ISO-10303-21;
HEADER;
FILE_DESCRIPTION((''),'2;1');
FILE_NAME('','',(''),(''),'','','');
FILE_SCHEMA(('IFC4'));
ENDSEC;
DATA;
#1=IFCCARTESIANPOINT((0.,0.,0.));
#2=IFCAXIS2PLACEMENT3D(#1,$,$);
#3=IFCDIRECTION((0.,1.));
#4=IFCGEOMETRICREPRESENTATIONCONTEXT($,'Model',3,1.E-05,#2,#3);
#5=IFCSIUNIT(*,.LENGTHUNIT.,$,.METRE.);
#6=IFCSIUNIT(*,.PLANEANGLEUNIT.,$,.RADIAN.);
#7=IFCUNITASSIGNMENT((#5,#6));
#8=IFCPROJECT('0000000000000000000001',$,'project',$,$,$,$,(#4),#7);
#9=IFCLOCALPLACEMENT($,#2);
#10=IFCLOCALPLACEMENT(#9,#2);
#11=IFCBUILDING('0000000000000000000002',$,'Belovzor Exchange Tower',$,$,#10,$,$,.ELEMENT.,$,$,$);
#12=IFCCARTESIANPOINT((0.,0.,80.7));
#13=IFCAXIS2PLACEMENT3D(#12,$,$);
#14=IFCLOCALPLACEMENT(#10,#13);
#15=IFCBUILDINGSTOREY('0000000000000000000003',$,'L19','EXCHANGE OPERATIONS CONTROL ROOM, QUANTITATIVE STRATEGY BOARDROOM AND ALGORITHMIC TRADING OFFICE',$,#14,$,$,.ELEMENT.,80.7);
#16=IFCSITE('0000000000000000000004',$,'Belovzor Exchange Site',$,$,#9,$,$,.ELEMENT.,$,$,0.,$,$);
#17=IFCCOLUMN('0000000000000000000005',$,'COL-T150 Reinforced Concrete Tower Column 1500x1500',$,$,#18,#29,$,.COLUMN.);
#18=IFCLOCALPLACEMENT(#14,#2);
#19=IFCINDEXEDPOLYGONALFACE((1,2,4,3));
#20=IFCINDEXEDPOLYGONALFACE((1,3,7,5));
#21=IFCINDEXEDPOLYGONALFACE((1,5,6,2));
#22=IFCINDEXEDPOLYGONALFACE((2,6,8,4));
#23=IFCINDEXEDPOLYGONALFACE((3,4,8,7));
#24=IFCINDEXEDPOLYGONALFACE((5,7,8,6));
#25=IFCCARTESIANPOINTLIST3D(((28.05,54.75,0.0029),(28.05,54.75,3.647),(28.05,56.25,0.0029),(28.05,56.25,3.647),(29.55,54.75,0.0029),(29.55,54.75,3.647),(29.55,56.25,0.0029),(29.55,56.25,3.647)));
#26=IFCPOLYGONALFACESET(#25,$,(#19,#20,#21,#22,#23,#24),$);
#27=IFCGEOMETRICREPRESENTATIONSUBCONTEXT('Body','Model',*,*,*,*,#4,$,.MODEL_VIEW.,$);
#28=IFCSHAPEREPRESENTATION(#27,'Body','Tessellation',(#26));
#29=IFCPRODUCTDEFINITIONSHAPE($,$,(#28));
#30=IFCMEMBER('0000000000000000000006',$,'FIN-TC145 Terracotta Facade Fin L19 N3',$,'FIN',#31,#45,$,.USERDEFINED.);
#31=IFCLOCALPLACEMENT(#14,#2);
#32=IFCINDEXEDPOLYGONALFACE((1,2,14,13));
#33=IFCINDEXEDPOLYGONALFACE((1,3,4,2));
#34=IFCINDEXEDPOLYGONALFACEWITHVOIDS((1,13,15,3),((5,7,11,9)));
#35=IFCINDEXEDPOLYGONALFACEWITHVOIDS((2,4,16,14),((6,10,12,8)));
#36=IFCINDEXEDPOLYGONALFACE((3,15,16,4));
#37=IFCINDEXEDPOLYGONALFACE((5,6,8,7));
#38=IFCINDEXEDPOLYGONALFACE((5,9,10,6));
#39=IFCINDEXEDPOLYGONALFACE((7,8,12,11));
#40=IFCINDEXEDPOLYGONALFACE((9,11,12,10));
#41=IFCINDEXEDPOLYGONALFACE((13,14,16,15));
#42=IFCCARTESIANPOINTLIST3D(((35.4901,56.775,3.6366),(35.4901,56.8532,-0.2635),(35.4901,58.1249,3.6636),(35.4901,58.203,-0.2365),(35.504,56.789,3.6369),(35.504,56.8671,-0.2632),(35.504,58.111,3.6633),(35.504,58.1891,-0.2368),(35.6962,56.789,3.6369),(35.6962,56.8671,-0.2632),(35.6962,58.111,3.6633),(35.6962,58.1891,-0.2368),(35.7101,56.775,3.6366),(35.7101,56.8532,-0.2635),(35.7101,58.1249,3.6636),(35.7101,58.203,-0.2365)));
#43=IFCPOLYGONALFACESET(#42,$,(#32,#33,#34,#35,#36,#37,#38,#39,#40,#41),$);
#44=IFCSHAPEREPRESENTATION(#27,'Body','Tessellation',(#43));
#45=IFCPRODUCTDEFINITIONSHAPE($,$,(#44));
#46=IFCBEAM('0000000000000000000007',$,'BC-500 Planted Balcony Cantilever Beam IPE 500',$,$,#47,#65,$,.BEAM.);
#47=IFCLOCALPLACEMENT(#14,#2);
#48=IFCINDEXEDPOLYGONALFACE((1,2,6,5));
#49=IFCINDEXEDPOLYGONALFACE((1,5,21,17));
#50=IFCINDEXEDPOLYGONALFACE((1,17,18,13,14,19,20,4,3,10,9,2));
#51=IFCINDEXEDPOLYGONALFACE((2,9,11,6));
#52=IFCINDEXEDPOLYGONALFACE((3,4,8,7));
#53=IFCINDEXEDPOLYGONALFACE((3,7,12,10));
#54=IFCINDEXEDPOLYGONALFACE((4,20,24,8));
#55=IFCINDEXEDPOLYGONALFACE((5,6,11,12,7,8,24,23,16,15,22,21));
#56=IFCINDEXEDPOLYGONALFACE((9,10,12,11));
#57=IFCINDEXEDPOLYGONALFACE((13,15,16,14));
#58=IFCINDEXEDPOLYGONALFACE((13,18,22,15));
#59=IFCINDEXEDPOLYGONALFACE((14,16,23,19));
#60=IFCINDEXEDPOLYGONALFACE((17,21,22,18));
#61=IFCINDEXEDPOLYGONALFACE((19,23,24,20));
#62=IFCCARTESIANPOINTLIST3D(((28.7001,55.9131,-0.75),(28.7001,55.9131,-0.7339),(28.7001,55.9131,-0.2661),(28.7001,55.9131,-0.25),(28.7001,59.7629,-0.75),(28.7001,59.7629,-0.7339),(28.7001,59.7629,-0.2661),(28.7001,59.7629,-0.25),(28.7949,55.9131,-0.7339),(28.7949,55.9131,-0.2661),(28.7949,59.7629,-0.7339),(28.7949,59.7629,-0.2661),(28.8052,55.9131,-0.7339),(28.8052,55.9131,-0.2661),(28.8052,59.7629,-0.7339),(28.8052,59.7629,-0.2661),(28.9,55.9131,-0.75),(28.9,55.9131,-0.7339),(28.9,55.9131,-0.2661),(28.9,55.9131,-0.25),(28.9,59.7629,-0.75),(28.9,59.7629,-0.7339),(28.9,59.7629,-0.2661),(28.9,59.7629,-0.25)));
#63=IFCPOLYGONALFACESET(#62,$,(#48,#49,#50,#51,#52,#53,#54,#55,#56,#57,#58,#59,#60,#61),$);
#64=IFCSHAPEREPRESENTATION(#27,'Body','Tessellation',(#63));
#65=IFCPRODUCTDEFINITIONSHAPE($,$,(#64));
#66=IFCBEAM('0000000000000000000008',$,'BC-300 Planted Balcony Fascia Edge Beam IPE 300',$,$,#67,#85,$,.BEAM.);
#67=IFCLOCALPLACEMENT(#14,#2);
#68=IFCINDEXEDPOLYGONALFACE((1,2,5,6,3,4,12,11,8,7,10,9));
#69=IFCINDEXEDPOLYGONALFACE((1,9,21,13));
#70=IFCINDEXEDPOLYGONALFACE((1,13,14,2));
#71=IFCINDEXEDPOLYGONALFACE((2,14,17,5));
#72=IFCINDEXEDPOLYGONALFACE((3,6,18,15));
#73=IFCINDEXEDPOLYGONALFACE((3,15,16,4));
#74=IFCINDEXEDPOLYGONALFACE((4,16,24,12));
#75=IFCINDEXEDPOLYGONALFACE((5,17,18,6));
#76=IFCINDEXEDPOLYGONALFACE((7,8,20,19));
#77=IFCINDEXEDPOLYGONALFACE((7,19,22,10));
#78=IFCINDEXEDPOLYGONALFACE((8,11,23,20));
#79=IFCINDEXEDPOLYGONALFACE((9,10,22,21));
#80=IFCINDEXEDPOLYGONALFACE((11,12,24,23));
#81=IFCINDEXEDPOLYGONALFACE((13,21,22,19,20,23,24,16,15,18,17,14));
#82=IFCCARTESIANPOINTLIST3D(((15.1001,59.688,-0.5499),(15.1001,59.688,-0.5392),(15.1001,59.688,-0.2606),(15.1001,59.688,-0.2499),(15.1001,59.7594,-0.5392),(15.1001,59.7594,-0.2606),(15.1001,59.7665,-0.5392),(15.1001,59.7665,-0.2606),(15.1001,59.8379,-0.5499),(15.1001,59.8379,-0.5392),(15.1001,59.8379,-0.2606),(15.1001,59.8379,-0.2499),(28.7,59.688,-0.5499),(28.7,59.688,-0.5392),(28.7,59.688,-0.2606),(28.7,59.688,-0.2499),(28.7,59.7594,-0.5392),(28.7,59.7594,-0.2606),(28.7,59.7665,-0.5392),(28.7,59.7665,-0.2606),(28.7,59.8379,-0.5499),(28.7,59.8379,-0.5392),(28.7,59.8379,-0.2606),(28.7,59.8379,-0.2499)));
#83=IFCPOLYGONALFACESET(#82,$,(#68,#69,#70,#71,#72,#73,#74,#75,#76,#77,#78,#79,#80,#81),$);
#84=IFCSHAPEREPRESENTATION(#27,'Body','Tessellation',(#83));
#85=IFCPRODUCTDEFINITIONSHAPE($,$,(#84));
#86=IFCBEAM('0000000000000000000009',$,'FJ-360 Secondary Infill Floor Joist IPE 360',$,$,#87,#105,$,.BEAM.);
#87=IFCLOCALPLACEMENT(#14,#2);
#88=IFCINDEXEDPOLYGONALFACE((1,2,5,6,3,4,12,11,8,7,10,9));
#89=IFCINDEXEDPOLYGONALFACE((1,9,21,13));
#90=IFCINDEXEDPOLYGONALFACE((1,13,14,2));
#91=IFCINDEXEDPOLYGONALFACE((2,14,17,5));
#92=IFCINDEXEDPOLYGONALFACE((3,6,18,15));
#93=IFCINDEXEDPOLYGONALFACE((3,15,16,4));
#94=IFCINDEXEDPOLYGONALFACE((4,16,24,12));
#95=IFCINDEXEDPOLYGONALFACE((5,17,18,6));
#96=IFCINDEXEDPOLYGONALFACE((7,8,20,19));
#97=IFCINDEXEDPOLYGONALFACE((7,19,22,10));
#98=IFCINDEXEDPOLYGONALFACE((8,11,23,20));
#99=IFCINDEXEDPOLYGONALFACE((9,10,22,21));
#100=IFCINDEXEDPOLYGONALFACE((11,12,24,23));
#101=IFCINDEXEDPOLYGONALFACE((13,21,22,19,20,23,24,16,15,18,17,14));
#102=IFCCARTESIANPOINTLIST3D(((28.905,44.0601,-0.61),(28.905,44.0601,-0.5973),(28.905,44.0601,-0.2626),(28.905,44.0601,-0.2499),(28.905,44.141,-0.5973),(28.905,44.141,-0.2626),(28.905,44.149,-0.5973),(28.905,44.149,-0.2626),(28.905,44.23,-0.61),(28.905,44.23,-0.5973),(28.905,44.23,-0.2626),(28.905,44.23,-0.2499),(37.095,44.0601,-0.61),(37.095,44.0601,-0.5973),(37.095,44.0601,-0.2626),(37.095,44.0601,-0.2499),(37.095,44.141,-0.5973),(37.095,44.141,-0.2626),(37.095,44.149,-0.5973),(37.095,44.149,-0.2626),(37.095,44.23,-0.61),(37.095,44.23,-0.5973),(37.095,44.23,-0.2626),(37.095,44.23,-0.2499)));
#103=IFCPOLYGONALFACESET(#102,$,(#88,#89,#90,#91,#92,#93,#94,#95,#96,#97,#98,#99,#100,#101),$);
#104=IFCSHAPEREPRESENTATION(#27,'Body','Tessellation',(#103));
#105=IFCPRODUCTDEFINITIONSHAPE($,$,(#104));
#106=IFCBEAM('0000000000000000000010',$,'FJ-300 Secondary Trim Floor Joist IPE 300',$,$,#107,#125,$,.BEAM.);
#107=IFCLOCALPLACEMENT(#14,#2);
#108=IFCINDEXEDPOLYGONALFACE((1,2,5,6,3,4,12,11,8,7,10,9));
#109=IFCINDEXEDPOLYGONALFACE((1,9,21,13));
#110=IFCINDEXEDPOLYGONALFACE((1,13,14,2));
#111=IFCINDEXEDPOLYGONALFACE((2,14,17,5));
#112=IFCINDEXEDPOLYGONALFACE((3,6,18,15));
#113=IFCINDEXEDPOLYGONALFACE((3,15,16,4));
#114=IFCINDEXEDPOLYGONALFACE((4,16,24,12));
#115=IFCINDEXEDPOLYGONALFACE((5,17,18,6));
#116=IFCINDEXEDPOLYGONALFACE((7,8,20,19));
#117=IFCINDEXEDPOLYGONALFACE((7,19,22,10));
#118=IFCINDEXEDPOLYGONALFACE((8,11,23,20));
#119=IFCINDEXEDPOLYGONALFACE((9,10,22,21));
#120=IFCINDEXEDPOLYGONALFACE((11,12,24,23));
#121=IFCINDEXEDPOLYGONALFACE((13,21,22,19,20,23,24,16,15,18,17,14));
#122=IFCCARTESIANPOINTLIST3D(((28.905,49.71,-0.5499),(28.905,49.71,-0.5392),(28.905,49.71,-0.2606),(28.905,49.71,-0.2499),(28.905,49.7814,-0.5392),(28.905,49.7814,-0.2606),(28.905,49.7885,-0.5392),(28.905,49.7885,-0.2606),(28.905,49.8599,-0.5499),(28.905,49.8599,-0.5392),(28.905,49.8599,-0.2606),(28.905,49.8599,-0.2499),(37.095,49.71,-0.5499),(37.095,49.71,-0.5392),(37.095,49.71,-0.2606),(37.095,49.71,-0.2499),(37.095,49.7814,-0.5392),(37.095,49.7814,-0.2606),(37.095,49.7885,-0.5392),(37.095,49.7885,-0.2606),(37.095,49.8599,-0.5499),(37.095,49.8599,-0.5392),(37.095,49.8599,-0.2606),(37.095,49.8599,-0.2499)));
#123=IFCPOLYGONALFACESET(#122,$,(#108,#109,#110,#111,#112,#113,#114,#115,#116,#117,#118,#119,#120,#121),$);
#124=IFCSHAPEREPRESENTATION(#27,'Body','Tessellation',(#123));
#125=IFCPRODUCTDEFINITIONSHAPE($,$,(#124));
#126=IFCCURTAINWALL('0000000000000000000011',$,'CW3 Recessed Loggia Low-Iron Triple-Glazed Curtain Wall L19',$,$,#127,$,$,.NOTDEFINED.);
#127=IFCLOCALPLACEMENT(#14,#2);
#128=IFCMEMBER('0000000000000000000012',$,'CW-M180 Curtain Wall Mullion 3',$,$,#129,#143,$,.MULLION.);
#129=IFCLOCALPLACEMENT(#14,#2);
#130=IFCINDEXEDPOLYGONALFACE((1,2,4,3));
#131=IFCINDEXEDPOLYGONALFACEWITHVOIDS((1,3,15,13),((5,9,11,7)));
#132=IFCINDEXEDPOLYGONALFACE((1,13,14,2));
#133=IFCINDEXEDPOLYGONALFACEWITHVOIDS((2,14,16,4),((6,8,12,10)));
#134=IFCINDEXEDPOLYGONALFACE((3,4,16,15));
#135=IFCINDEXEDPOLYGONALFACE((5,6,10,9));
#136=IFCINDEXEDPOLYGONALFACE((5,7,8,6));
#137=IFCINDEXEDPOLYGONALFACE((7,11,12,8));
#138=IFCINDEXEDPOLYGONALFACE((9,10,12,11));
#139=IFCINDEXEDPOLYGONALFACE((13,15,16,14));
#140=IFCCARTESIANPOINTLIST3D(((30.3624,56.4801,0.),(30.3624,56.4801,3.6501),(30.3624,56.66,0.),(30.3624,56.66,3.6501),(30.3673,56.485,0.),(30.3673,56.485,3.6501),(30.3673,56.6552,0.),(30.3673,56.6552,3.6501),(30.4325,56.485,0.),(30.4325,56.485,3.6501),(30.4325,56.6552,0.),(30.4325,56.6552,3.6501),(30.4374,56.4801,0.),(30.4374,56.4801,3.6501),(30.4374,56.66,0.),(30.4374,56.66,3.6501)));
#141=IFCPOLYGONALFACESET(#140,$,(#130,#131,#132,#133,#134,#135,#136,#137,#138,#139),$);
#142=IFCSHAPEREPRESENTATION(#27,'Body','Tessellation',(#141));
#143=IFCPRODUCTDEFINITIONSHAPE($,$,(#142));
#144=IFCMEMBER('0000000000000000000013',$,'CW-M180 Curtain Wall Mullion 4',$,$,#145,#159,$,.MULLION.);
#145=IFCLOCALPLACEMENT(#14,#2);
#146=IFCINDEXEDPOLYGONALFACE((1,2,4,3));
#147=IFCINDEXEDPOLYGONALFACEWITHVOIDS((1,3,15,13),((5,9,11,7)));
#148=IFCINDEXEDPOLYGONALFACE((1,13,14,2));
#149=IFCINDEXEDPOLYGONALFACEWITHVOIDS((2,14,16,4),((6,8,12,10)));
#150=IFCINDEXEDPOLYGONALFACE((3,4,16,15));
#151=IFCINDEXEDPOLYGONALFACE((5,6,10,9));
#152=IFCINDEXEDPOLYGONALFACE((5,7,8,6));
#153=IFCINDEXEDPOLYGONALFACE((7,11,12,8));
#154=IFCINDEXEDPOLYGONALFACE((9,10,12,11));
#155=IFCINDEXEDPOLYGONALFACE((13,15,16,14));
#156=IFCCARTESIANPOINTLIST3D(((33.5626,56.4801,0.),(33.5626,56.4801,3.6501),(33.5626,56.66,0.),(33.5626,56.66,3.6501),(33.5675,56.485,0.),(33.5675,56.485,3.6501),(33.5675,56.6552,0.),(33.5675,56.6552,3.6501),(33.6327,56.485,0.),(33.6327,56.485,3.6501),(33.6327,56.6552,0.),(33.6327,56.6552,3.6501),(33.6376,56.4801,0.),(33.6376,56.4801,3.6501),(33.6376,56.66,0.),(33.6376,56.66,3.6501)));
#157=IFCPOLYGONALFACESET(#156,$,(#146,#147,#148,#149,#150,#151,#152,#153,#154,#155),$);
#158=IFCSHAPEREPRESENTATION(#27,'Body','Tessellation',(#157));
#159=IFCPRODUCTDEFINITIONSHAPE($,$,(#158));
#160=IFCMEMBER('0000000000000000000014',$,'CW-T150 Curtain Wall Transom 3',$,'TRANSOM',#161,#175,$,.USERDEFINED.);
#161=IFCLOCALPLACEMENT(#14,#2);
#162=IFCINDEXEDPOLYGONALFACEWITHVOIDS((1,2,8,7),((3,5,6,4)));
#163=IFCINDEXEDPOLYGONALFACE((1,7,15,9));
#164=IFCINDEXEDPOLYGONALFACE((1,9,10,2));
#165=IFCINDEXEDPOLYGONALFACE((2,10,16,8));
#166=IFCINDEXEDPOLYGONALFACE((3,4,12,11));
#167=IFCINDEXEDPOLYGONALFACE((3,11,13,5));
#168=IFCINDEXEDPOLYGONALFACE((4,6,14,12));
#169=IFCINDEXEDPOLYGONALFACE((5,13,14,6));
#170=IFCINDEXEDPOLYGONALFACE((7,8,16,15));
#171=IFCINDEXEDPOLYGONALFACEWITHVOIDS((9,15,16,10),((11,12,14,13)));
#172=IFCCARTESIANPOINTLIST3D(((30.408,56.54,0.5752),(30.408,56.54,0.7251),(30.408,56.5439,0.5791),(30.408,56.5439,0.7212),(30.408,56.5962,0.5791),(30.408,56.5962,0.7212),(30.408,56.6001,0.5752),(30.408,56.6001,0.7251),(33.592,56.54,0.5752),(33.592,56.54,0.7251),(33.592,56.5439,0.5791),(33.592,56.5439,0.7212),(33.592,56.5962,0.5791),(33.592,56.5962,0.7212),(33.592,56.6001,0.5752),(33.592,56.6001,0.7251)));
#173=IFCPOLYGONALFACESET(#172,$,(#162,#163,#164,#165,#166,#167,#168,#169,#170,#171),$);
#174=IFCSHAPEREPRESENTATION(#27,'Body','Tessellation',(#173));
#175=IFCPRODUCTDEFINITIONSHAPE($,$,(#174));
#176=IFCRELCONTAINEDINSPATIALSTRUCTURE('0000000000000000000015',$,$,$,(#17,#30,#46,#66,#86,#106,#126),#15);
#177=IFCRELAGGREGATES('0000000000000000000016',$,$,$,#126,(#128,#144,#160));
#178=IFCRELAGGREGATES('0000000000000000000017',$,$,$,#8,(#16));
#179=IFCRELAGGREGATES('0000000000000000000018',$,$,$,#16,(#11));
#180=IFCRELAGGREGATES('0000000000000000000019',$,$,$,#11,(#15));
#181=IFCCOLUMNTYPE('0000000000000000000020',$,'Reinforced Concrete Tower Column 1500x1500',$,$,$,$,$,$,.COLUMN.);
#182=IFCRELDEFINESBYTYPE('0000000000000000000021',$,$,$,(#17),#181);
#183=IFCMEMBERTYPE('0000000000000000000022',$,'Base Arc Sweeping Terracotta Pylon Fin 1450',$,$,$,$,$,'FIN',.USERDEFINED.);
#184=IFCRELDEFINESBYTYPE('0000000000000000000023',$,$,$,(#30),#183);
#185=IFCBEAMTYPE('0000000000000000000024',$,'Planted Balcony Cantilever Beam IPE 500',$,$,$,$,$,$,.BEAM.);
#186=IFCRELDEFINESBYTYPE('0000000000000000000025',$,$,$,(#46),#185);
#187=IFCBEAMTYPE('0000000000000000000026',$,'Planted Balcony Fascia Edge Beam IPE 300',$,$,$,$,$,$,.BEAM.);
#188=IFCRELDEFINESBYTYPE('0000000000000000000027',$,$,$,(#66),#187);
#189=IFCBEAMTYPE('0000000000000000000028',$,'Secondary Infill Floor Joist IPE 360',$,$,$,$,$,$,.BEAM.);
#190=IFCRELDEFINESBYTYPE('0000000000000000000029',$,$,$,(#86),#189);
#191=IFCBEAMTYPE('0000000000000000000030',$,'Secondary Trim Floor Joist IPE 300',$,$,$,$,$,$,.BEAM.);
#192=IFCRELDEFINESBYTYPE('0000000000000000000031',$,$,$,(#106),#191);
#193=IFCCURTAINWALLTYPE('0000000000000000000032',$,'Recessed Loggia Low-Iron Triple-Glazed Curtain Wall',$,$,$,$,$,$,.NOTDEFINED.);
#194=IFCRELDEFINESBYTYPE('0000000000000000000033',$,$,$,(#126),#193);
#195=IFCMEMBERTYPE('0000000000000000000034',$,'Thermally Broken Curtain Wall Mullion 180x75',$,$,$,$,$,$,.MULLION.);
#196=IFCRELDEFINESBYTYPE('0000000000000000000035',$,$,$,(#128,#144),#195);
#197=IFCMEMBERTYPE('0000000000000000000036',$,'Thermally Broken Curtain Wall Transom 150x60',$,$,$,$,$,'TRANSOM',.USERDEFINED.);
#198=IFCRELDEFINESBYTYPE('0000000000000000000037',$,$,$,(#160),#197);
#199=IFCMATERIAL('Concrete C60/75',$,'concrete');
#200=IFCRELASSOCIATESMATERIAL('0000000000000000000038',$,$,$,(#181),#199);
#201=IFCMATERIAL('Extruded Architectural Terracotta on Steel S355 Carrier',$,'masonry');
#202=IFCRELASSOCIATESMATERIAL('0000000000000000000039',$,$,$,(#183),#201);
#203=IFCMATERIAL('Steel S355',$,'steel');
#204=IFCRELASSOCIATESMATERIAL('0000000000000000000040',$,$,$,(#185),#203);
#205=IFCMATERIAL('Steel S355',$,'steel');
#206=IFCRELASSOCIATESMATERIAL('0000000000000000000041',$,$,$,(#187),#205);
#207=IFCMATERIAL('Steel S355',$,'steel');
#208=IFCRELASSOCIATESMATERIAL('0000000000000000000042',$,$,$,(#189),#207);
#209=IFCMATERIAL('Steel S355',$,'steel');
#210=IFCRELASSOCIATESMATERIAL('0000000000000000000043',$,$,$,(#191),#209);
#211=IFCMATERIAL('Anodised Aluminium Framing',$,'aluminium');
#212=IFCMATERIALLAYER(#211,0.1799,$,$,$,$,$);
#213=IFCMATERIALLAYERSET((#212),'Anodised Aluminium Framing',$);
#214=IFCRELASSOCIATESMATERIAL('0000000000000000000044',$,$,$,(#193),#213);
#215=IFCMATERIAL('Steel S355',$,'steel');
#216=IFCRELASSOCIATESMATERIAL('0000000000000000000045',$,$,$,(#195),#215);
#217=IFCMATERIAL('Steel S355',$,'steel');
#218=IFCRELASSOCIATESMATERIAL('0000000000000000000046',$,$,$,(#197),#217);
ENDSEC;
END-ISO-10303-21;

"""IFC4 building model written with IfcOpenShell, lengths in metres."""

from ifc_helpers import new_model, si_unit, direction, frame, origin, origin_2d, place, context, subcontext, project, spatial, rectangle, hollow_rectangle, i_section, extrude, material, layer, layer_set, material_profile, profile_set, type_object, element, aggregate, save


model = new_model("IFC4")

# Units and contexts
model_context = context("Model", 3, precision=1e-05, world=origin(), true_north=direction((0.0, 1.0)))
body_context = subcontext(model_context, "Body", "Model", "MODEL_VIEW")
ifc_project = project(units=[si_unit("LENGTHUNIT", "METRE"), si_unit("PLANEANGLEUNIT", "RADIAN")], contexts=[model_context])

# Site, building, storey
site_placement = place(None, origin())
site = spatial("IfcSite", under=ifc_project, at=site_placement, Name="Belovzor Exchange Site", CompositionType="ELEMENT", RefElevation=0.0)
building_placement = place(site_placement, origin())
building = spatial("IfcBuilding", under=site, at=building_placement, Name="Belovzor Exchange Tower", CompositionType="ELEMENT")
storey_placement = place(building_placement, frame((0.0, 0.0, 80.7)))
storey = spatial("IfcBuildingStorey", under=building, at=storey_placement, Name="L19", Description="EXCHANGE OPERATIONS CONTROL ROOM, QUANTITATIVE STRATEGY BOARDROOM AND ALGORITHMIC TRADING OFFICE", CompositionType="ELEMENT", Elevation=80.7)

# Column
ifc_material_1 = material(Name="Concrete C60/75", Category="concrete")
ifc_material_profile_1 = material_profile(ifc_material_1, rectangle(XDim=1.5, YDim=1.5, at=origin_2d()))
ifc_profile_set_1 = profile_set([ifc_material_profile_1], Name="Concrete C60/75")
column_type = type_object("IfcColumnType", Name="Reinforced Concrete Tower Column 1500x1500", PredefinedType="COLUMN", material=ifc_profile_set_1)
column_placement = place(storey_placement, frame((28.8, 55.5, 0.0029), z_axis=(0.0, 0.0, 1.0), x_axis=(1.0, 0.0, 0.0)))
element("IfcColumn", 1, at=column_placement, inside=storey, type_object=column_type, Name="COL-T150 Reinforced Concrete Tower Column 1500x1500", PredefinedType="COLUMN", context=body_context, shape_type="SweptSolid", body=[
    extrude(rectangle(XDim=1.5, YDim=1.5, at=origin_2d()), origin(), (0.0, 0.0, 1.0), 3.644),
])

# Member
ifc_material_2 = material(Name="Extruded Architectural Terracotta on Steel S355 Carrier", Category="masonry")
ifc_material_profile_2 = material_profile(ifc_material_2, hollow_rectangle(XDim=0.22, YDim=1.3501, WallThickness=0.0139, at=origin_2d()))
ifc_profile_set_2 = profile_set([ifc_material_profile_2], Name="Extruded Architectural Terracotta on Steel S355 Carrier")
member_type_1 = type_object("IfcMemberType", Name="Base Arc Sweeping Terracotta Pylon Fin 1450", ElementType="FIN", PredefinedType="USERDEFINED", material=ifc_profile_set_2)
member_1_placement = place(storey_placement, frame((35.6001, 57.5281, -0.25), z_axis=(0.0, -0.020027, 0.999799), x_axis=(1.0, 0.0, 0.0)))
element("IfcMember", 2, at=member_1_placement, inside=storey, type_object=member_type_1, Name="FIN-TC145 Terracotta Facade Fin L19 N3", ObjectType="FIN", PredefinedType="USERDEFINED", context=body_context, shape_type="SweptSolid", body=[
    extrude(hollow_rectangle(XDim=0.22, YDim=1.3501, WallThickness=0.0139, at=origin_2d()), origin(), (0.0, 0.0, 1.0), 3.9009),
])

# Beams
ifc_material_3 = material(Name="Steel S355", Category="steel")
ifc_material_profile_3 = material_profile(ifc_material_3, i_section(OverallWidth=0.2, OverallDepth=0.5, WebThickness=0.0103, FlangeThickness=0.0161, at=origin_2d()))
ifc_profile_set_3 = profile_set([ifc_material_profile_3], Name="Steel S355")
beam_type_1 = type_object("IfcBeamType", Name="Planted Balcony Cantilever Beam IPE 500", PredefinedType="BEAM", material=ifc_profile_set_3)
beam_1_placement = place(storey_placement, frame((28.8, 55.9131, -0.5), z_axis=(0.0, 1.0, 0.0), x_axis=(-1.0, 0.0, 0.0)))
element("IfcBeam", 3, at=beam_1_placement, inside=storey, type_object=beam_type_1, Name="BC-500 Planted Balcony Cantilever Beam IPE 500", PredefinedType="BEAM", context=body_context, shape_type="SweptSolid", body=[
    extrude(i_section(OverallWidth=0.2, OverallDepth=0.5, WebThickness=0.0103, FlangeThickness=0.0161, at=origin_2d()), origin(), (0.0, 0.0, 1.0), 3.8499),
])
ifc_material_4 = material(Name="Steel S355", Category="steel")
ifc_material_profile_4 = material_profile(ifc_material_4, i_section(OverallWidth=0.1499, OverallDepth=0.3, WebThickness=0.0071, FlangeThickness=0.0107, at=origin_2d()))
ifc_profile_set_4 = profile_set([ifc_material_profile_4], Name="Steel S355")
beam_type_2 = type_object("IfcBeamType", Name="Planted Balcony Fascia Edge Beam IPE 300", PredefinedType="BEAM", material=ifc_profile_set_4)
beam_2_placement = place(storey_placement, frame((28.7, 59.7629, -0.3999), z_axis=(-1.0, 0.0, 0.0), x_axis=(0.0, -1.0, 0.0)))
element("IfcBeam", 4, at=beam_2_placement, inside=storey, type_object=beam_type_2, Name="BC-300 Planted Balcony Fascia Edge Beam IPE 300", PredefinedType="BEAM", context=body_context, shape_type="SweptSolid", body=[
    extrude(i_section(OverallWidth=0.1499, OverallDepth=0.3, WebThickness=0.0071, FlangeThickness=0.0107, at=origin_2d()), origin(), (0.0, 0.0, 1.0), 13.5999),
])
ifc_material_5 = material(Name="Steel S355", Category="steel")
ifc_material_profile_5 = material_profile(ifc_material_5, i_section(OverallWidth=0.1699, OverallDepth=0.3601, WebThickness=0.0081, FlangeThickness=0.0127, at=origin_2d()))
ifc_profile_set_5 = profile_set([ifc_material_profile_5], Name="Steel S355")
beam_type_3 = type_object("IfcBeamType", Name="Secondary Infill Floor Joist IPE 360", PredefinedType="BEAM", material=ifc_profile_set_5)
beam_3_placement = place(storey_placement, frame((28.905, 44.145, -0.4299), z_axis=(1.0, 0.0, 0.0), x_axis=(0.0, 1.0, 0.0)))
element("IfcBeam", 5, at=beam_3_placement, inside=storey, type_object=beam_type_3, Name="FJ-360 Secondary Infill Floor Joist IPE 360", PredefinedType="BEAM", context=body_context, shape_type="SweptSolid", body=[
    extrude(i_section(OverallWidth=0.1699, OverallDepth=0.3601, WebThickness=0.0081, FlangeThickness=0.0127, at=origin_2d()), origin(), (0.0, 0.0, 1.0), 8.1899),
])
ifc_material_6 = material(Name="Steel S355", Category="steel")
ifc_material_profile_6 = material_profile(ifc_material_6, i_section(OverallWidth=0.1499, OverallDepth=0.3, WebThickness=0.0071, FlangeThickness=0.0107, at=origin_2d()))
ifc_profile_set_6 = profile_set([ifc_material_profile_6], Name="Steel S355")
beam_type_4 = type_object("IfcBeamType", Name="Secondary Trim Floor Joist IPE 300", PredefinedType="BEAM", material=ifc_profile_set_6)
beam_4_placement = place(storey_placement, frame((28.905, 49.7849, -0.3999), z_axis=(1.0, 0.0, 0.0), x_axis=(0.0, 1.0, 0.0)))
element("IfcBeam", 6, at=beam_4_placement, inside=storey, type_object=beam_type_4, Name="FJ-300 Secondary Trim Floor Joist IPE 300", PredefinedType="BEAM", context=body_context, shape_type="SweptSolid", body=[
    extrude(i_section(OverallWidth=0.1499, OverallDepth=0.3, WebThickness=0.0071, FlangeThickness=0.0107, at=origin_2d()), origin(), (0.0, 0.0, 1.0), 8.1899),
])

# Curtain wall, members
ifc_material_7 = material(Name="Anodised Aluminium Framing", Category="aluminium")
ifc_layer_1 = layer(ifc_material_7, 0.1799)
ifc_layer_set_1 = layer_set([ifc_layer_1], Name="Anodised Aluminium Framing")
curtain_wall_type = type_object("IfcCurtainWallType", Name="Recessed Loggia Low-Iron Triple-Glazed Curtain Wall", PredefinedType="NOTDEFINED", material=ifc_layer_set_1)
curtain_wall_placement = place(storey_placement, origin())
curtain_wall = element("IfcCurtainWall", 7, at=curtain_wall_placement, inside=storey, type_object=curtain_wall_type, Name="CW3 Recessed Loggia Low-Iron Triple-Glazed Curtain Wall L19", PredefinedType="NOTDEFINED")
ifc_material_8 = material(Name="Steel S355", Category="steel")
ifc_material_profile_7 = material_profile(ifc_material_8, hollow_rectangle(XDim=0.075, YDim=0.1799, WallThickness=0.0049, at=origin_2d()))
ifc_profile_set_7 = profile_set([ifc_material_profile_7], Name="Steel S355")
member_type_2 = type_object("IfcMemberType", Name="Thermally Broken Curtain Wall Mullion 180x75", PredefinedType="MULLION", material=ifc_profile_set_7)
member_2_placement = place(storey_placement, frame((30.3999, 56.5701, 0.0), z_axis=(0.0, 0.0, 1.0), x_axis=(1.0, 0.0, 0.0)))
member_2 = element("IfcMember", 8, at=member_2_placement, type_object=member_type_2, Name="CW-M180 Curtain Wall Mullion 3", PredefinedType="MULLION", context=body_context, shape_type="SweptSolid", body=[
    extrude(hollow_rectangle(XDim=0.075, YDim=0.1799, WallThickness=0.0049, at=origin_2d()), origin(), (0.0, 0.0, 1.0), 3.6501),
])
member_3_placement = place(storey_placement, frame((33.6001, 56.5701, 0.0), z_axis=(0.0, 0.0, 1.0), x_axis=(1.0, 0.0, 0.0)))
member_3 = element("IfcMember", 9, at=member_3_placement, type_object=member_type_2, Name="CW-M180 Curtain Wall Mullion 4", PredefinedType="MULLION", context=body_context, shape_type="SweptSolid", body=[
    extrude(hollow_rectangle(XDim=0.075, YDim=0.1799, WallThickness=0.0049, at=origin_2d()), origin(), (0.0, 0.0, 1.0), 3.6501),
])
ifc_material_9 = material(Name="Steel S355", Category="steel")
ifc_material_profile_8 = material_profile(ifc_material_9, hollow_rectangle(XDim=0.0601, YDim=0.1499, WallThickness=0.0039, at=origin_2d()))
ifc_profile_set_8 = profile_set([ifc_material_profile_8], Name="Steel S355")
member_type_3 = type_object("IfcMemberType", Name="Thermally Broken Curtain Wall Transom 150x60", ElementType="TRANSOM", PredefinedType="USERDEFINED", material=ifc_profile_set_8)
member_4_placement = place(storey_placement, frame((30.408, 56.5701, 0.6501), z_axis=(1.0, 0.0, 0.0), x_axis=(0.0, 1.0, 0.0)))
member_4 = element("IfcMember", 10, at=member_4_placement, type_object=member_type_3, Name="CW-T150 Curtain Wall Transom 3", ObjectType="TRANSOM", PredefinedType="USERDEFINED", context=body_context, shape_type="SweptSolid", body=[
    extrude(hollow_rectangle(XDim=0.0601, YDim=0.1499, WallThickness=0.0039, at=origin_2d()), origin(), (0.0, 0.0, 1.0), 3.1841),
])

aggregate(curtain_wall, [member_2, member_3, member_4])

save(model, "model.ifc")
